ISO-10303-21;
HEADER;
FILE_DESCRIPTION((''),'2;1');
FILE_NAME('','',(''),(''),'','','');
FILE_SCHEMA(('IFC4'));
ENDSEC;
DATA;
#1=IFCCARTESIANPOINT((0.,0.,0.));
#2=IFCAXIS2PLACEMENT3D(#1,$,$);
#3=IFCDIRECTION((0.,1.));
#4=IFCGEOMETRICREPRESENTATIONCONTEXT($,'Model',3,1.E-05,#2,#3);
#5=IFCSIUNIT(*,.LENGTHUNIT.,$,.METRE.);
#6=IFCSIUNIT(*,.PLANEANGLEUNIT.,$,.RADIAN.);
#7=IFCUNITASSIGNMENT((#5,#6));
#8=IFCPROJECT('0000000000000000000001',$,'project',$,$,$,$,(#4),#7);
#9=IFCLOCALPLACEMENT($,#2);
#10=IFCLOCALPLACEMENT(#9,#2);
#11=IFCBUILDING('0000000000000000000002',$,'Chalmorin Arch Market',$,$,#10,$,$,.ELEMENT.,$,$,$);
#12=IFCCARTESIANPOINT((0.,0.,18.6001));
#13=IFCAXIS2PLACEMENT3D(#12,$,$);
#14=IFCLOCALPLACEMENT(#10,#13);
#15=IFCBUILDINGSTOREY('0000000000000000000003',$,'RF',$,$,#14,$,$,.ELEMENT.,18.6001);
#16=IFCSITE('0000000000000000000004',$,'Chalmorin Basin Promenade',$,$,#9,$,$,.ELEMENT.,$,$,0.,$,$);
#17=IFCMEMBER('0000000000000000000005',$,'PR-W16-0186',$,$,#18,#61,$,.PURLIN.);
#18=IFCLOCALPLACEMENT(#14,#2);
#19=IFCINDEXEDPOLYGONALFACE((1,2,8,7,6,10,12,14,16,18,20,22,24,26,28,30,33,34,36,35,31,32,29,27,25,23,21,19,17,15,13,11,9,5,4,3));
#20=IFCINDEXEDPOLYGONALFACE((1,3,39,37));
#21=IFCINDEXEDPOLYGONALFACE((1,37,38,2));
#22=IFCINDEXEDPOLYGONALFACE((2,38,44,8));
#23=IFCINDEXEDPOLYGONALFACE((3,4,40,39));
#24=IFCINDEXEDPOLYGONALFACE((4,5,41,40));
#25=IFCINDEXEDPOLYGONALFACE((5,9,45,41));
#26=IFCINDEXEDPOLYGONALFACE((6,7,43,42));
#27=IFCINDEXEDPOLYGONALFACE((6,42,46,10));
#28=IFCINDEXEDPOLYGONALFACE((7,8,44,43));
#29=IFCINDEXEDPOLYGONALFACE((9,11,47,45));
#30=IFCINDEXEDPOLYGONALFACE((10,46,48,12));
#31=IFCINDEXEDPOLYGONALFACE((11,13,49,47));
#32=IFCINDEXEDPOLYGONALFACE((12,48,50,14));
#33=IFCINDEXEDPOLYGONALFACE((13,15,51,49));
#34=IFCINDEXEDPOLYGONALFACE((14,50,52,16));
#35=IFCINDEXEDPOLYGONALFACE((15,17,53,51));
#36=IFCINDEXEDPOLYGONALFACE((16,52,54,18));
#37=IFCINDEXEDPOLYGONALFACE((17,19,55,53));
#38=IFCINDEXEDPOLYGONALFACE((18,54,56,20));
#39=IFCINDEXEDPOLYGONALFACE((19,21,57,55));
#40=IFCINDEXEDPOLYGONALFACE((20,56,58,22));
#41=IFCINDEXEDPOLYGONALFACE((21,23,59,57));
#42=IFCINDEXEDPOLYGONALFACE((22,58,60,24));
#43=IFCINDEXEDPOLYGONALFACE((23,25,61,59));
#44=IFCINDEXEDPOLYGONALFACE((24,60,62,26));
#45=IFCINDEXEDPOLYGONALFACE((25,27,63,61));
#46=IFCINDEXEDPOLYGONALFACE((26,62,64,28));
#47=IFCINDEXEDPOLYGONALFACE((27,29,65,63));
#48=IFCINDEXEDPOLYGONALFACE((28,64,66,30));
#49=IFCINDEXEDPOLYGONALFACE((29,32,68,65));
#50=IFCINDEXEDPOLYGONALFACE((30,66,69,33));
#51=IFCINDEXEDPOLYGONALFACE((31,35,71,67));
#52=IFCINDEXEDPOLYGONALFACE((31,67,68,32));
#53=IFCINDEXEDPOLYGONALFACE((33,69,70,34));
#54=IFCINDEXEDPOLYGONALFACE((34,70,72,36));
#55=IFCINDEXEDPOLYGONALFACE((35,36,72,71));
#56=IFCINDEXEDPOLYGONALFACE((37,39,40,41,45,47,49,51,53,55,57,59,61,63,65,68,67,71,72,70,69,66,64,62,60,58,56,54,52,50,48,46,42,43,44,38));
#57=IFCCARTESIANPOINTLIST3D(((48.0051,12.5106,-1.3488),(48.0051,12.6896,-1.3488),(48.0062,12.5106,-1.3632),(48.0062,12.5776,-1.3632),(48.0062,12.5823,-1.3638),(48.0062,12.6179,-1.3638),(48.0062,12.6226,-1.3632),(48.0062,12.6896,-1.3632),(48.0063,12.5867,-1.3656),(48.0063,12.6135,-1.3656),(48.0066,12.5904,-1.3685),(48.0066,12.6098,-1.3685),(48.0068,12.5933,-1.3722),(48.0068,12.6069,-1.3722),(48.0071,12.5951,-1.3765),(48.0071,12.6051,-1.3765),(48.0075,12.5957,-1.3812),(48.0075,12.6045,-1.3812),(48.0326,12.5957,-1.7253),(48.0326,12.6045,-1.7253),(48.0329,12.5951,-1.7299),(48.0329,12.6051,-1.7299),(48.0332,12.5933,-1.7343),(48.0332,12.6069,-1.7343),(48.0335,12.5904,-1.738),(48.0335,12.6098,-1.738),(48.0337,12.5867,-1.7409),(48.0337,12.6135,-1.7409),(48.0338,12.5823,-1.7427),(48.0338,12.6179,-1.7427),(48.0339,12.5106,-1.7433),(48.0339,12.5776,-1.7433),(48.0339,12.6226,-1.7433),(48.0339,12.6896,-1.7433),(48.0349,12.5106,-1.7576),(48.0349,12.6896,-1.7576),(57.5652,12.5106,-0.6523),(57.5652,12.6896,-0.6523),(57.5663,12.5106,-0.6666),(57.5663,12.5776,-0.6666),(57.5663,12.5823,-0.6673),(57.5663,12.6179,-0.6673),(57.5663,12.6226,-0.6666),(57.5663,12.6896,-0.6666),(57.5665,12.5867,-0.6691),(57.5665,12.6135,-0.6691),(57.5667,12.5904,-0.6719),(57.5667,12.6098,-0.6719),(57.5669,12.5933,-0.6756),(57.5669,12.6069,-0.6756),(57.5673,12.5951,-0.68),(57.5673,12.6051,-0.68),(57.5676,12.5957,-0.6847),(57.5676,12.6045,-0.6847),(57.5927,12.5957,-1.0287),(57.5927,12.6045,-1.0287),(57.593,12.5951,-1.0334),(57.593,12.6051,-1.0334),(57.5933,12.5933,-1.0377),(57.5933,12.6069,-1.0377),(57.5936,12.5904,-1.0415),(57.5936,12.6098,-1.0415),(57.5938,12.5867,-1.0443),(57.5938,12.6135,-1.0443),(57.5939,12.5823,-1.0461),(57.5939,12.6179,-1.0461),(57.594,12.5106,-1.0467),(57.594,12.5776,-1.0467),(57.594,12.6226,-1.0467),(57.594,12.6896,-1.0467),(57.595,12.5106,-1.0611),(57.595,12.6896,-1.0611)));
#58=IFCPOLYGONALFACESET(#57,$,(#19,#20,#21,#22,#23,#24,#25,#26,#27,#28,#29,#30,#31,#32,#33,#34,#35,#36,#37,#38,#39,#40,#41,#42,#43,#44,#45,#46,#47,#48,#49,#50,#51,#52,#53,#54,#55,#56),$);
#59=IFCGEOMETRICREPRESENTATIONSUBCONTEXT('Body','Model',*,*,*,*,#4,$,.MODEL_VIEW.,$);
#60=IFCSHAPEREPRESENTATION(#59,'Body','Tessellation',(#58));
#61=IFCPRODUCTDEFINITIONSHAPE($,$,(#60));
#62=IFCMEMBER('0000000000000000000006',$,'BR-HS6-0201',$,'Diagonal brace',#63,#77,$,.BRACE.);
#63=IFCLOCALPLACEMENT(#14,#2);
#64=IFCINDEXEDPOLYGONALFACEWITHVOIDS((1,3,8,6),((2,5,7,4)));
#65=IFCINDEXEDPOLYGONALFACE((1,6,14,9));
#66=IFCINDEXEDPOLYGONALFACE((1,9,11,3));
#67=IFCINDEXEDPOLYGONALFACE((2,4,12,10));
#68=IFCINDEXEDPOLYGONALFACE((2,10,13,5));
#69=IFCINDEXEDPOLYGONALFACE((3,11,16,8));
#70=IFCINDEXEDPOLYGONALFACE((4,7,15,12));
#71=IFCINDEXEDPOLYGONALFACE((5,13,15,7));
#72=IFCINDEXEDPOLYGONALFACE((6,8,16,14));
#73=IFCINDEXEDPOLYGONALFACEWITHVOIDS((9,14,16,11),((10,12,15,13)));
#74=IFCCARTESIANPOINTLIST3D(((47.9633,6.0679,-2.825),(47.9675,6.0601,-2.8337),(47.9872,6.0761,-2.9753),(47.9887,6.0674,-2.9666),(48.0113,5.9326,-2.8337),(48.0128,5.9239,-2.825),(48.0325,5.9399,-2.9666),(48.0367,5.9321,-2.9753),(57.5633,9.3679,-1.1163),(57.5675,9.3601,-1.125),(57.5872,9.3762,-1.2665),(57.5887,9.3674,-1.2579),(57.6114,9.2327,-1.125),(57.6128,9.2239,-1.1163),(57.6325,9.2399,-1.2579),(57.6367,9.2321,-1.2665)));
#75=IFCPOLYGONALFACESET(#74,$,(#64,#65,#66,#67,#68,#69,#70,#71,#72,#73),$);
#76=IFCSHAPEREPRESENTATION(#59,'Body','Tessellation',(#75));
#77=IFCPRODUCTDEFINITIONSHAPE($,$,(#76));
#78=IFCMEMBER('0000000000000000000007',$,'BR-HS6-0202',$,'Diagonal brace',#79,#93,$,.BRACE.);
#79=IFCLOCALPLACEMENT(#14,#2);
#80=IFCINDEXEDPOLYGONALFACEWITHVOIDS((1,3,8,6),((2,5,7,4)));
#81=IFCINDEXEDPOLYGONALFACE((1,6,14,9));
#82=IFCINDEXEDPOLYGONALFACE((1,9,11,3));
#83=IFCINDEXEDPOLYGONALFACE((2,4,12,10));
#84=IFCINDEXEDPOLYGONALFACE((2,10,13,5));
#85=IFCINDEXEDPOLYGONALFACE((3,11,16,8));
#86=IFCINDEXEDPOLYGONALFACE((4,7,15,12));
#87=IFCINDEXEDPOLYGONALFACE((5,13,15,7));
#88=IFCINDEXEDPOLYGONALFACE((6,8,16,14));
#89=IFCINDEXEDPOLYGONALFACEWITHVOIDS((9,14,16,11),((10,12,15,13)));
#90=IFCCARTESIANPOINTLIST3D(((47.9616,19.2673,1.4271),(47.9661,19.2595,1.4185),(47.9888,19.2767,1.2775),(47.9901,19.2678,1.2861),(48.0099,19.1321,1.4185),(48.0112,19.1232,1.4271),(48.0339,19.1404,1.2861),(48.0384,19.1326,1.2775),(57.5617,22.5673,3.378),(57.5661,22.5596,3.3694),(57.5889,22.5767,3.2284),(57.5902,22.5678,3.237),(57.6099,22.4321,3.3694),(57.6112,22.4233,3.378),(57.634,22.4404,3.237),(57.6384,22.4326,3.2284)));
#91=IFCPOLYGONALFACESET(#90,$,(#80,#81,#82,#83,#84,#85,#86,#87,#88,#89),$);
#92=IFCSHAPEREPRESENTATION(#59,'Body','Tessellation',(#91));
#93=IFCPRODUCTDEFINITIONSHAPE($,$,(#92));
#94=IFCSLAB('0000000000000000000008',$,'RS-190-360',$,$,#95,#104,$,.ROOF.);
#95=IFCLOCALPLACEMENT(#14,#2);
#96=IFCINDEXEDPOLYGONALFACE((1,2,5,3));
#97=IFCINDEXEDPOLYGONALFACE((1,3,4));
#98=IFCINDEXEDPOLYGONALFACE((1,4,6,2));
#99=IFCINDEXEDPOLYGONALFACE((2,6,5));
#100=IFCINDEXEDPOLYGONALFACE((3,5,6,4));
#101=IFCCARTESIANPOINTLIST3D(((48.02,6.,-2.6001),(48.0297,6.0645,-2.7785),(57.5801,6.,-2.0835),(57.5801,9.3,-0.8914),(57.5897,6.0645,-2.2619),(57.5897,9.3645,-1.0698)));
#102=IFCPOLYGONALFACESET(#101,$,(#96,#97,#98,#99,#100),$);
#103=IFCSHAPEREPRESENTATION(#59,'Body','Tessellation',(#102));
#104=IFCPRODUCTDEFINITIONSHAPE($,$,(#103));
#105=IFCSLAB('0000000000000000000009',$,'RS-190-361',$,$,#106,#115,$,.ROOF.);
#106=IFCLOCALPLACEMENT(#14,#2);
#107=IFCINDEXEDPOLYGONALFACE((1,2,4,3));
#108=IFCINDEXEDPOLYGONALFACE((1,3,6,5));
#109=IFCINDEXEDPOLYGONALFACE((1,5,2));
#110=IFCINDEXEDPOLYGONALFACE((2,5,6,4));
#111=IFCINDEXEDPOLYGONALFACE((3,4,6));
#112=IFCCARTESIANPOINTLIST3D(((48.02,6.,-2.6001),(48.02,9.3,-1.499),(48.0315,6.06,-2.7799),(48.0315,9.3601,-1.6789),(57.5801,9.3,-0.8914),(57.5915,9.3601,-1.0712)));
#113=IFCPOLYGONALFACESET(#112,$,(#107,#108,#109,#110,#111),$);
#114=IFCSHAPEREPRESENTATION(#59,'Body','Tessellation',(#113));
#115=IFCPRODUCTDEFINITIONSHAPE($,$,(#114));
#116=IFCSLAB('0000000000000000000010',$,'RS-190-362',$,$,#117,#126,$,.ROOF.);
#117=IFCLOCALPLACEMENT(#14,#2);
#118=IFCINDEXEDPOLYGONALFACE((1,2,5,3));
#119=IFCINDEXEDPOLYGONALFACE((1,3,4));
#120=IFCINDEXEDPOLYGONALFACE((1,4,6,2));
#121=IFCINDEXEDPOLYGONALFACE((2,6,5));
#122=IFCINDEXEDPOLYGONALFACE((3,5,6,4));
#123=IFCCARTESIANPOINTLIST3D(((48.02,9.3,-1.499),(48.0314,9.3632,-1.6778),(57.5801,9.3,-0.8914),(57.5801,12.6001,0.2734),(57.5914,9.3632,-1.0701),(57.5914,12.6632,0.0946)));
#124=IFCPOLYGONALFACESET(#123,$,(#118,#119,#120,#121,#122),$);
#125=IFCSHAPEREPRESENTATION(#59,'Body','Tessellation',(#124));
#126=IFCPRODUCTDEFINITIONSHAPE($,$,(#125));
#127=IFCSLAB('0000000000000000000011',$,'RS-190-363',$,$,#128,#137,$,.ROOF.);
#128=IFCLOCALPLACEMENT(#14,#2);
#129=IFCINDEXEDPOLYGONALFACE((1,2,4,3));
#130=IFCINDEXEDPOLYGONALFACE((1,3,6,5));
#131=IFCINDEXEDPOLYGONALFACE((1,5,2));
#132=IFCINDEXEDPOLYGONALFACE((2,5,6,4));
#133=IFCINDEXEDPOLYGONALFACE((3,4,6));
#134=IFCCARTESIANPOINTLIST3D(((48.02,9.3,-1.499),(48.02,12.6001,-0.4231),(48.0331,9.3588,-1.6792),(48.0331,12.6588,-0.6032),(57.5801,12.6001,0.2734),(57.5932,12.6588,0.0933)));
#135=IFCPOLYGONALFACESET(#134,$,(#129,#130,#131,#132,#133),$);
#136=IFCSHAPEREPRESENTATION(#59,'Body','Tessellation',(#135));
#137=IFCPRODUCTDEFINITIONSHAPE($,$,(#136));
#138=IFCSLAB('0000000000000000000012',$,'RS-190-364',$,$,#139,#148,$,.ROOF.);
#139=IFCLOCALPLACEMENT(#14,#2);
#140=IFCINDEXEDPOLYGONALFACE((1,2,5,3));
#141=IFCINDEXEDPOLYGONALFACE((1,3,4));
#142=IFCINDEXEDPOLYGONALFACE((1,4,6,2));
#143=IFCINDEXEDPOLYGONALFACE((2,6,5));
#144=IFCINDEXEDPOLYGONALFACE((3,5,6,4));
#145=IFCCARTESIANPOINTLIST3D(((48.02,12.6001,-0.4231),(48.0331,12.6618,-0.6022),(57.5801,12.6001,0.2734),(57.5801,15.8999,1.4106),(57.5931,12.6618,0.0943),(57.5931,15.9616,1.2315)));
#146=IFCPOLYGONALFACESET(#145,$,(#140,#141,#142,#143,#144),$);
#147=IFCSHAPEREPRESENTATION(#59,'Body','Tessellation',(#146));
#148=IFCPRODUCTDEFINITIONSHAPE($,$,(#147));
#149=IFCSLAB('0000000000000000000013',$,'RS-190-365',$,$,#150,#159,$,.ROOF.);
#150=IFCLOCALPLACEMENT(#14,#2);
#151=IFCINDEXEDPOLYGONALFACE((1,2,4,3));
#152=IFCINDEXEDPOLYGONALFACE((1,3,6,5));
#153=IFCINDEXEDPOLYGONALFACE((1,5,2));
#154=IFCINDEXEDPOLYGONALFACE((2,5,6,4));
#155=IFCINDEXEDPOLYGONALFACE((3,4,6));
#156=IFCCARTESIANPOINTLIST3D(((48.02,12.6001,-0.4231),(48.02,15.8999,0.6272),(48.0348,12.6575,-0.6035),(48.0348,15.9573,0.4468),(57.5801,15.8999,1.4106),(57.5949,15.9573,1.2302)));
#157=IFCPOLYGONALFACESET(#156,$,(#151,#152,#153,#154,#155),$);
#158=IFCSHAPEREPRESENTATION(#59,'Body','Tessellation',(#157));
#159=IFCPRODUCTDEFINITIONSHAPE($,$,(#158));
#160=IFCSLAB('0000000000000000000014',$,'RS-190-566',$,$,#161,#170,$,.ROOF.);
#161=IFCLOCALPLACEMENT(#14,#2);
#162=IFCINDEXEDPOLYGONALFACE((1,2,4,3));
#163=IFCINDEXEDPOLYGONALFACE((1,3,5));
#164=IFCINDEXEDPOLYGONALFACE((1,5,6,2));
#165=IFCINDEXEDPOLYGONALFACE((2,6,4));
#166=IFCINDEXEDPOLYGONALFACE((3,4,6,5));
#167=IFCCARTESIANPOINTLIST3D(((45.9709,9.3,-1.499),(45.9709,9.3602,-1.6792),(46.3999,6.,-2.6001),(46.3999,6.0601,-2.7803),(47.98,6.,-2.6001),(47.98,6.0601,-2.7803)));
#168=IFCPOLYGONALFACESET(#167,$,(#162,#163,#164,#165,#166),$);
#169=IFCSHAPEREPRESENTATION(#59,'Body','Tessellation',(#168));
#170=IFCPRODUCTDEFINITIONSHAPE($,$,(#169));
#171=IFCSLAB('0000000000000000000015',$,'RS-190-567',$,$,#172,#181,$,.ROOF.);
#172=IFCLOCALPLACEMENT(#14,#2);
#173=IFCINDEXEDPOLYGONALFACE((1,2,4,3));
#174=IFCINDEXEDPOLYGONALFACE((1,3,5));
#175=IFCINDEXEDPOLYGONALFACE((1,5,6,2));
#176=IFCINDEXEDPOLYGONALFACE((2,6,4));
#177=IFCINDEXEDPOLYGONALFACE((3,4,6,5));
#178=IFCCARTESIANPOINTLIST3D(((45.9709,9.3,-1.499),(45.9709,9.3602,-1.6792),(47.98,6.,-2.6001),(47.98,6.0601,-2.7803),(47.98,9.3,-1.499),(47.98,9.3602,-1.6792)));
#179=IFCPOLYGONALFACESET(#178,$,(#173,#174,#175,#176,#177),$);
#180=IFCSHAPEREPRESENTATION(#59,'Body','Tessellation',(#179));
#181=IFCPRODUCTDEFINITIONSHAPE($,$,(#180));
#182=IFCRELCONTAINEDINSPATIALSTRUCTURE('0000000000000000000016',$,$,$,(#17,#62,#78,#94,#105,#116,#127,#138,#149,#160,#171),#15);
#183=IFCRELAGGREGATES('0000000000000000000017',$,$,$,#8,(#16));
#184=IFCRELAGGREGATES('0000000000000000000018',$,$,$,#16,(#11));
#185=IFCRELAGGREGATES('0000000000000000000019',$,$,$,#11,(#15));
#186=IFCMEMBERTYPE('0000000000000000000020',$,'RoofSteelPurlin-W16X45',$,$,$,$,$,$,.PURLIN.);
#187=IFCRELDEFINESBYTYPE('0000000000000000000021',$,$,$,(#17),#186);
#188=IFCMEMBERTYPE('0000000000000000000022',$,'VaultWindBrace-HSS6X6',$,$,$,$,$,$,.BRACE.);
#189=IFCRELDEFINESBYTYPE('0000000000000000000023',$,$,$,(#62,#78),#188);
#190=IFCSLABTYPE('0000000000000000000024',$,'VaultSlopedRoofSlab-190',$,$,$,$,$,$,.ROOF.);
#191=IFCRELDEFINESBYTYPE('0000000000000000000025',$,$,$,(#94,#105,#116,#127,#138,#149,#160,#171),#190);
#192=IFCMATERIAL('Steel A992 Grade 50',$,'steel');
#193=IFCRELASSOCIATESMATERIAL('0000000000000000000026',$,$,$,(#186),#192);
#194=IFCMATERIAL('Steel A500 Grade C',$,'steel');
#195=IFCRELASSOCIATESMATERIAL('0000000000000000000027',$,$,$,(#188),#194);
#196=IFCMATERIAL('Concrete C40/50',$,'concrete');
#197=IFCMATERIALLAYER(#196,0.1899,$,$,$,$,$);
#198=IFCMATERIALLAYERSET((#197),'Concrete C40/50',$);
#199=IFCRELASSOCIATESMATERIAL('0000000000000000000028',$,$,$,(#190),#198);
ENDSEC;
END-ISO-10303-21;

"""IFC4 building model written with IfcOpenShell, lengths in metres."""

from ifc_helpers import new_model, si_unit, direction, frame, origin, origin_2d, place, context, subcontext, project, spatial, polyline, hollow_rectangle, i_section, outline, extrude, material, layer, layer_set, material_profile, profile_set, type_object, element, save


model = new_model("IFC4")

# Units and contexts
model_context = context("Model", 3, precision=1e-05, world=origin(), true_north=direction((0.0, 1.0)))
body_context = subcontext(model_context, "Body", "Model", "MODEL_VIEW")
ifc_project = project(units=[si_unit("LENGTHUNIT", "METRE"), si_unit("PLANEANGLEUNIT", "RADIAN")], contexts=[model_context])

# Site, building, storey
site_placement = place(None, origin())
site = spatial("IfcSite", under=ifc_project, at=site_placement, Name="Chalmorin Basin Promenade", CompositionType="ELEMENT", RefElevation=0.0)
building_placement = place(site_placement, origin())
building = spatial("IfcBuilding", under=site, at=building_placement, Name="Chalmorin Arch Market", CompositionType="ELEMENT")
storey_placement = place(building_placement, frame((0.0, 0.0, 18.6001)))
storey = spatial("IfcBuildingStorey", under=building, at=storey_placement, Name="RF", CompositionType="ELEMENT", Elevation=18.6001)

# Members
ifc_material_1 = material(Name="Steel A992 Grade 50", Category="steel")
ifc_material_profile_1 = material_profile(ifc_material_1, i_section(OverallWidth=0.179, OverallDepth=0.4099, WebThickness=0.0088, FlangeThickness=0.0144, FilletRadius=0.0181, at=origin_2d()), Name="W16X45")
ifc_profile_set_1 = profile_set([ifc_material_profile_1], Name="Steel A992 Grade 50")
member_type_1 = type_object("IfcMemberType", Name="RoofSteelPurlin-W16X45", PredefinedType="PURLIN", material=ifc_profile_set_1)
member_1_placement = place(storey_placement, frame((48.02, 12.6001, -1.5532), z_axis=(0.997356, 0.0, 0.072666), x_axis=(0.0, 1.0, 0.0)))
element("IfcMember", 1, at=member_1_placement, inside=storey, type_object=member_type_1, Name="PR-W16-0186", PredefinedType="PURLIN", context=body_context, shape_type="SweptSolid", body=[
    extrude(i_section(OverallWidth=0.179, OverallDepth=0.4099, WebThickness=0.0088, FlangeThickness=0.0144, FilletRadius=0.0181, at=origin_2d()), origin(), (0.0, 0.0, 1.0), 9.5854),
])
ifc_material_2 = material(Name="Steel A500 Grade C", Category="steel")
ifc_material_profile_2 = material_profile(ifc_material_2, hollow_rectangle(XDim=0.1523, YDim=0.1523, WallThickness=0.0088, at=origin_2d()), Name="HSS6X6X3/8")
ifc_profile_set_2 = profile_set([ifc_material_profile_2], Name="Steel A500 Grade C")
member_type_2 = type_object("IfcMemberType", Name="VaultWindBrace-HSS6X6", PredefinedType="BRACE", material=ifc_profile_set_2)
member_2_placement = place(storey_placement, frame((48.0, 6.0, -2.9001), z_axis=(0.932567, 0.320571, 0.165989), x_axis=(-0.325081, 0.945686, 0.0)))
element("IfcMember", 2, at=member_2_placement, inside=storey, type_object=member_type_2, Name="BR-HS6-0201", ObjectType="Diagonal brace", PredefinedType="BRACE", context=body_context, shape_type="SweptSolid", body=[
    extrude(hollow_rectangle(XDim=0.1523, YDim=0.1523, WallThickness=0.0088, at=origin_2d()), origin(), (0.0, 0.0, 1.0), 10.2942),
])
member_3_placement = place(storey_placement, frame((48.0, 19.2, 1.3523), z_axis=(0.928692, 0.319239, 0.188728), x_axis=(-0.325081, 0.945686, 0.0)))
element("IfcMember", 3, at=member_3_placement, inside=storey, type_object=member_type_2, Name="BR-HS6-0202", ObjectType="Diagonal brace", PredefinedType="BRACE", context=body_context, shape_type="SweptSolid", body=[
    extrude(hollow_rectangle(XDim=0.1523, YDim=0.1523, WallThickness=0.0088, at=origin_2d()), origin(), (0.0, 0.0, 1.0), 10.3372),
])

# Slabs
ifc_material_3 = material(Name="Concrete C40/50", Category="concrete")
ifc_layer = layer(ifc_material_3, 0.1899)
ifc_layer_set = layer_set([ifc_layer], Name="Concrete C40/50")
slab_type = type_object("IfcSlabType", Name="VaultSlopedRoofSlab-190", PredefinedType="ROOF", material=ifc_layer_set)
slab_1_placement = place(storey_placement, frame((48.02, 6.0, -2.6001), z_axis=(-0.050757, -0.339321, 0.9393), x_axis=(0.998543, 0.0, 0.053959)))
element("IfcSlab", 4, at=slab_1_placement, inside=storey, type_object=slab_type, Name="RS-190-360", PredefinedType="ROOF", context=body_context, shape_type="SweptSolid", body=[
    extrude(outline(polyline([(0.0, 0.0), (9.574, 0.0), (9.6383, 3.5082), (0.0, 0.0)])), origin(), (0.0, 0.0, -1.0), 0.1899),
])
slab_2_placement = place(storey_placement, frame((48.02, 6.0, -2.6001), z_axis=(-0.060186, -0.315928, 0.946872), x_axis=(0.932057, 0.321738, 0.166594)))
element("IfcSlab", 5, at=slab_2_placement, inside=storey, type_object=slab_type, Name="RS-190-361", PredefinedType="ROOF", context=body_context, shape_type="SweptSolid", body=[
    extrude(outline(polyline([(0.0, 0.0), (10.2569, 0.0), (1.2452, 3.2484), (0.0, 0.0)])), origin(), (0.0, 0.0, -1.0), 0.1899),
])
slab_3_placement = place(storey_placement, frame((48.02, 9.3, -1.499), z_axis=(-0.059832, -0.332242, 0.941295), x_axis=(0.997986, 0.0, 0.063435)))
element("IfcSlab", 6, at=slab_3_placement, inside=storey, type_object=slab_type, Name="RS-190-362", PredefinedType="ROOF", context=body_context, shape_type="SweptSolid", body=[
    extrude(outline(polyline([(0.0, 0.0), (9.5794, 0.0), (9.6532, 3.4988), (0.0, 0.0)])), origin(), (0.0, 0.0, -1.0), 0.1899),
])
slab_4_placement = place(storey_placement, frame((48.02, 9.3, -1.499), z_axis=(-0.069104, -0.309234, 0.948472), x_axis=(0.931076, 0.321399, 0.172624)))
element("IfcSlab", 7, at=slab_4_placement, inside=storey, type_object=slab_type, Name="RS-190-363", PredefinedType="ROOF", context=body_context, shape_type="SweptSolid", body=[
    extrude(outline(polyline([(0.0, 0.0), (10.2677, 0.0), (1.2464, 3.2395), (0.0, 0.0)])), origin(), (0.0, 0.0, -1.0), 0.1899),
])
slab_5_placement = place(storey_placement, frame((48.02, 12.6001, -0.4231), z_axis=(-0.06872, -0.325052, 0.943196), x_axis=(0.997356, 0.0, 0.072666)))
element("IfcSlab", 8, at=slab_5_placement, inside=storey, type_object=slab_type, Name="RS-190-364", PredefinedType="ROOF", context=body_context, shape_type="SweptSolid", body=[
    extrude(outline(polyline([(0.0, 0.0), (9.5854, 0.0), (9.668, 3.4893), (0.0, 0.0)])), origin(), (0.0, 0.0, -1.0), 0.1899),
])
slab_6_placement = place(storey_placement, frame((48.02, 12.6001, -0.4231), z_axis=(-0.077853, -0.302376, 0.950004), x_axis=(0.930109, 0.321042, 0.178407)))
element("IfcSlab", 9, at=slab_6_placement, inside=storey, type_object=slab_type, Name="RS-190-365", PredefinedType="ROOF", context=body_context, shape_type="SweptSolid", body=[
    extrude(outline(polyline([(0.0, 0.0), (10.2784, 0.0), (1.2468, 3.2307), (0.0, 0.0)])), origin(), (0.0, 0.0, -1.0), 0.1899),
])
slab_7_placement = place(storey_placement, frame((45.9709, 9.3, -1.499), z_axis=(0.0, -0.316501, 0.948592), x_axis=(0.122375, -0.941462, -0.314123)))
element("IfcSlab", 10, at=slab_7_placement, inside=storey, type_object=slab_type, Name="RS-190-566", PredefinedType="ROOF", context=body_context, shape_type="SweptSolid", body=[
    extrude(outline(polyline([(0.0, 0.0), (3.5052, 0.0), (3.6986, 1.5682), (0.0, 0.0)])), origin(), (0.0, 0.0, -1.0), 0.1899),
])
slab_8_placement = place(storey_placement, frame((47.98, 9.3, -1.499), z_axis=(0.0, -0.316501, 0.948592), x_axis=(-1.0, 0.0, 0.0)))
element("IfcSlab", 11, at=slab_8_placement, inside=storey, type_object=slab_type, Name="RS-190-567", PredefinedType="ROOF", context=body_context, shape_type="SweptSolid", body=[
    extrude(outline(polyline([(0.0, 0.0), (2.009, 0.0), (0.0, 3.4789), (0.0, 0.0)])), origin(), (0.0, 0.0, -1.0), 0.1899),
])

save(model, "model.ifc")
